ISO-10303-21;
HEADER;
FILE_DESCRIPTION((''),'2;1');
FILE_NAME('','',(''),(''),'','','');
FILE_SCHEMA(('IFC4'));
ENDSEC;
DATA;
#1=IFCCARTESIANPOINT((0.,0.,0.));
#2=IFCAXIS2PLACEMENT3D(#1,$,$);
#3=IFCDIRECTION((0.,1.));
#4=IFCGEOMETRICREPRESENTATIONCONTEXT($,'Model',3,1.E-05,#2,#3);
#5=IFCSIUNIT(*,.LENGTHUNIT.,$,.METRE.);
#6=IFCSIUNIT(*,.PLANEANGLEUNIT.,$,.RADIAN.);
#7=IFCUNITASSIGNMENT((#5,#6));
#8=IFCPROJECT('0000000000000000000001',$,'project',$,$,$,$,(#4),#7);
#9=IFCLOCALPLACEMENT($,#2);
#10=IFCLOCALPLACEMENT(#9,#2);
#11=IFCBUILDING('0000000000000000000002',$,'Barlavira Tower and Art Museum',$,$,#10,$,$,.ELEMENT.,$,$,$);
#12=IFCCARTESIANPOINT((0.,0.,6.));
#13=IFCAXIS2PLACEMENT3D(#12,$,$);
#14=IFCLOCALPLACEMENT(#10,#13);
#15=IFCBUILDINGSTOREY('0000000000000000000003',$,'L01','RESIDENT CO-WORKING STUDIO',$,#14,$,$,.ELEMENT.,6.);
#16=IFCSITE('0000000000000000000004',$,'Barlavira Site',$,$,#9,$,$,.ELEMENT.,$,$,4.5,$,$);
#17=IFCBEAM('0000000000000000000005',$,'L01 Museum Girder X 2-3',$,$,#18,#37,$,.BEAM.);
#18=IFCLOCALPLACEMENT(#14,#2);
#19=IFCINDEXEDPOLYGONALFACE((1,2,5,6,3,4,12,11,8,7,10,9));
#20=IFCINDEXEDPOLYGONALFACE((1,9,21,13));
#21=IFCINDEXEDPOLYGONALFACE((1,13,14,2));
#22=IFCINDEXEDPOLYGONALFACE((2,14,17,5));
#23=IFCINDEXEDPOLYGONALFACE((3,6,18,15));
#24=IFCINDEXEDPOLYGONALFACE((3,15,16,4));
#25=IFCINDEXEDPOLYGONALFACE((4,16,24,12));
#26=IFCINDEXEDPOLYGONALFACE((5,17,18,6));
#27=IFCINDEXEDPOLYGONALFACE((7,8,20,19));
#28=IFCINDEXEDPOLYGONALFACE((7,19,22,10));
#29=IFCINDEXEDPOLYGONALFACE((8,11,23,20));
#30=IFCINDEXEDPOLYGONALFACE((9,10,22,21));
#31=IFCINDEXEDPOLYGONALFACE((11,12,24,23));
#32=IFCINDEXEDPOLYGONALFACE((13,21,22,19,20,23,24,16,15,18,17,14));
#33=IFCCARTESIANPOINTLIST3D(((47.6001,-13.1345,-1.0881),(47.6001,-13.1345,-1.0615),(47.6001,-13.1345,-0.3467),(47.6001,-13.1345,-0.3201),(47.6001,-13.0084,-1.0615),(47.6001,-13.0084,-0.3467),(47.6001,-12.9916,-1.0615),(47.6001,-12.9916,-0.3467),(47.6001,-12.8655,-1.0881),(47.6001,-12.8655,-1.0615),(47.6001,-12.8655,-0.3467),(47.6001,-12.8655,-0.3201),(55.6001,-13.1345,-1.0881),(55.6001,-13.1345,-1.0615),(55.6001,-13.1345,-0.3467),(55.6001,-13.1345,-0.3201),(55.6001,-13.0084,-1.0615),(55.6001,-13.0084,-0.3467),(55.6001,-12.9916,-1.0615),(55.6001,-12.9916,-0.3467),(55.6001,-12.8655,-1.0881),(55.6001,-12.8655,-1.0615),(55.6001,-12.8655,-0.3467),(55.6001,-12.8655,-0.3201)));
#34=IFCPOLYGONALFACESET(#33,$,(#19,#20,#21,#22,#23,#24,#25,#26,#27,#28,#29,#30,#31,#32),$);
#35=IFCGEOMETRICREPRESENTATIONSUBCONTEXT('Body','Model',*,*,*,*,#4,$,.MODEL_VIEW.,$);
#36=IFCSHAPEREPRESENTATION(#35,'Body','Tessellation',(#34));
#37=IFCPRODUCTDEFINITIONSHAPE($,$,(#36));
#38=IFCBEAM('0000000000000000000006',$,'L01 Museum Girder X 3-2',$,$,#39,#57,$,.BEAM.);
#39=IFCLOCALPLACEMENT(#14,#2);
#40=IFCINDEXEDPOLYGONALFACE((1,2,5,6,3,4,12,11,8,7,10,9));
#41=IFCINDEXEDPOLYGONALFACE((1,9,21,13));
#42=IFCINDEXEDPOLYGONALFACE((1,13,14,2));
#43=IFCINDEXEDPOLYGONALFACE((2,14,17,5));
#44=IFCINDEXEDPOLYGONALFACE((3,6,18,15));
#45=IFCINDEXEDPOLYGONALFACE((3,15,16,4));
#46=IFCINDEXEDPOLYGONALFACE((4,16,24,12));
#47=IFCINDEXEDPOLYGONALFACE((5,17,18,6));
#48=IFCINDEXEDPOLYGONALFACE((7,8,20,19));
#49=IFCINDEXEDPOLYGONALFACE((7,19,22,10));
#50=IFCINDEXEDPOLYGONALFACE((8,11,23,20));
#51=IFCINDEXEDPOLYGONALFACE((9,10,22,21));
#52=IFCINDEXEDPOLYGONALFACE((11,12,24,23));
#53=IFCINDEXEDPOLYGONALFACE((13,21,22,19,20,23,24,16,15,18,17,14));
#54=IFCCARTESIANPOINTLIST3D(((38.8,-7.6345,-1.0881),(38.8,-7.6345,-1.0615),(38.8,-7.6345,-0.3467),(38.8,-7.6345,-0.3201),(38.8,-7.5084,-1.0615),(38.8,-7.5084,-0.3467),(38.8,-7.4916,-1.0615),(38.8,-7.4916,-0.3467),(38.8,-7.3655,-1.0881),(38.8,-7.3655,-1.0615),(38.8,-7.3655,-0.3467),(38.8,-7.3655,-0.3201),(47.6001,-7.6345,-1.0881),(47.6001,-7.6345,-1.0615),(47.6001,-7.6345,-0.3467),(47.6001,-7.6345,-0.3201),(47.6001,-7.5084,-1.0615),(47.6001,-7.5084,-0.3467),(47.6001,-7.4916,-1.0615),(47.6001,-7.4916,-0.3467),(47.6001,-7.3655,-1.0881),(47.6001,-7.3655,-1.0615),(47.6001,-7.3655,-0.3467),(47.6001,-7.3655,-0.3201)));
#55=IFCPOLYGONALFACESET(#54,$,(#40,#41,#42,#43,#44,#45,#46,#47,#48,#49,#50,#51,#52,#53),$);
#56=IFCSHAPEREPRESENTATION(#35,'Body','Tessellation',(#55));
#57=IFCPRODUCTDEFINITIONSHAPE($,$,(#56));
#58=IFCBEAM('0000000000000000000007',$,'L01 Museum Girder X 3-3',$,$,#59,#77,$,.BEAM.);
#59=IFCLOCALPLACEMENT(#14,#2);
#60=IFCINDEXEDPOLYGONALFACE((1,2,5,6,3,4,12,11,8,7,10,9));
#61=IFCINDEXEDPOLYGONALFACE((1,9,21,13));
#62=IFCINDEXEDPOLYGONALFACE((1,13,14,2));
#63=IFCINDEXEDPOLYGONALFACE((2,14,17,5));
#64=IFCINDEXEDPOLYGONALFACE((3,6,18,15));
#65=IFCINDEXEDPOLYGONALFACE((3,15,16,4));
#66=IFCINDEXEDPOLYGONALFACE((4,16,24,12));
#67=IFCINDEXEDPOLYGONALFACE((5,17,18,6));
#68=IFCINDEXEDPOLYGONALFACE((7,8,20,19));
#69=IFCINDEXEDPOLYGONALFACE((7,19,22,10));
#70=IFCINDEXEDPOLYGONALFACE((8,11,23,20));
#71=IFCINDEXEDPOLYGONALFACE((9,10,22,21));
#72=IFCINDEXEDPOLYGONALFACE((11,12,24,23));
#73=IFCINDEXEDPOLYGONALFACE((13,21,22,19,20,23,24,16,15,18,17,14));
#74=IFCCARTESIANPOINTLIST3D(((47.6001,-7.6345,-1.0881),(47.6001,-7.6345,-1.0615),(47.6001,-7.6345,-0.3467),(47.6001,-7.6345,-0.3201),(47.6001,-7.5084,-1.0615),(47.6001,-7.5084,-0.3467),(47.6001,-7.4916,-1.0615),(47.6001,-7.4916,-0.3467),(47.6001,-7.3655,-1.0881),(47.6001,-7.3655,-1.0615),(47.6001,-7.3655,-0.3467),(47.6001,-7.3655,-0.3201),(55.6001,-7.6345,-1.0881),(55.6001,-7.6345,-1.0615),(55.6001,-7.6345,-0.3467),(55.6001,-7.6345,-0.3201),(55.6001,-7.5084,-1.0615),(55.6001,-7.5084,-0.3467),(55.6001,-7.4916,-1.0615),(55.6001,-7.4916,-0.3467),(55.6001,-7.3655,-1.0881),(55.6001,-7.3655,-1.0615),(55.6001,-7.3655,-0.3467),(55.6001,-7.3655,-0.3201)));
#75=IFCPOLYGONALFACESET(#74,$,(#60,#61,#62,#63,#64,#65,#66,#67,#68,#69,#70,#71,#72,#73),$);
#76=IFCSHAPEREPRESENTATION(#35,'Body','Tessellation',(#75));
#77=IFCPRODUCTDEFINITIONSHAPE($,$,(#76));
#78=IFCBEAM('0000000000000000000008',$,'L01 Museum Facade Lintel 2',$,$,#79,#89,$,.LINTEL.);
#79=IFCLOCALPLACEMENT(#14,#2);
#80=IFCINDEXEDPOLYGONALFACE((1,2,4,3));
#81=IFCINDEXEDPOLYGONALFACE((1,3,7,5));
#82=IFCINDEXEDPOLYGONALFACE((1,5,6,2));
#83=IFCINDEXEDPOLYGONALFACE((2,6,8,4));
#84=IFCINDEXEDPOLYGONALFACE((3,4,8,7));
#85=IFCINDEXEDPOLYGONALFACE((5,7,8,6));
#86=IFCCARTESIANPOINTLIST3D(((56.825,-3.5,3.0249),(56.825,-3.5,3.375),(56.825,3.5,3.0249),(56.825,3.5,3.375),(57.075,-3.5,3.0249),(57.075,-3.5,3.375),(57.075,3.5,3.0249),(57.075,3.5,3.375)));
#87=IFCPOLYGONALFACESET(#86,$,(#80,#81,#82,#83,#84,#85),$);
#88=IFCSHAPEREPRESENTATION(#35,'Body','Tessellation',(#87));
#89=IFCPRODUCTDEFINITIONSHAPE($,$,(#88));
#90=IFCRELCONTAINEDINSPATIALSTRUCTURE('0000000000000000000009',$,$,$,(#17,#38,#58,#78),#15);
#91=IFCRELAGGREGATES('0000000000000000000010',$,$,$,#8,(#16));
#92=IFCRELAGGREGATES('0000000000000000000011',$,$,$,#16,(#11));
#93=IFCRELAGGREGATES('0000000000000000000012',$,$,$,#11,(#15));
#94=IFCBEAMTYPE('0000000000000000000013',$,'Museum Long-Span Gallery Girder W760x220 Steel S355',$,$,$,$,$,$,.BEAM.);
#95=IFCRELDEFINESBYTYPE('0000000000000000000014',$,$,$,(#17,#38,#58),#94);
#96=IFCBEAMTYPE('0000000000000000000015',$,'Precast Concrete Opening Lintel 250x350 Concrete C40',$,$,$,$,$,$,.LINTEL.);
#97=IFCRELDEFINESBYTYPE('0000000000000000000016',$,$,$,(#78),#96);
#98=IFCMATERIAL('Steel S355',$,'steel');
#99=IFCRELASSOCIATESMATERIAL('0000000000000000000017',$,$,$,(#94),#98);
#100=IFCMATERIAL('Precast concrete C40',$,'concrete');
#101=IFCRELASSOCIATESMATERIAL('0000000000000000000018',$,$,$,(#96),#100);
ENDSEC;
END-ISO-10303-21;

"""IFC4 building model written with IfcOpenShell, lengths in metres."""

from ifc_helpers import new_model, si_unit, direction, frame, origin, origin_2d, place, context, subcontext, project, spatial, rectangle, i_section, extrude, material, material_profile, profile_set, type_object, element, save


model = new_model("IFC4")

# Units and contexts
model_context = context("Model", 3, precision=1e-05, world=origin(), true_north=direction((0.0, 1.0)))
body_context = subcontext(model_context, "Body", "Model", "MODEL_VIEW")
ifc_project = project(units=[si_unit("LENGTHUNIT", "METRE"), si_unit("PLANEANGLEUNIT", "RADIAN")], contexts=[model_context])

# Site, building, storey
site_placement = place(None, origin())
site = spatial("IfcSite", under=ifc_project, at=site_placement, Name="Barlavira Site", CompositionType="ELEMENT", RefElevation=4.5)
building_placement = place(site_placement, origin())
building = spatial("IfcBuilding", under=site, at=building_placement, Name="Barlavira Tower and Art Museum", CompositionType="ELEMENT")
storey_placement = place(building_placement, frame((0.0, 0.0, 6.0)))
storey = spatial("IfcBuildingStorey", under=building, at=storey_placement, Name="L01", Description="RESIDENT CO-WORKING STUDIO", CompositionType="ELEMENT", Elevation=6.0)

# Beams
ifc_material_1 = material(Name="Steel S355", Category="steel")
ifc_material_profile_1 = material_profile(ifc_material_1, i_section(OverallWidth=0.269, OverallDepth=0.7681, WebThickness=0.0168, FlangeThickness=0.0266, at=origin_2d()), Name="W760x220.0")
ifc_profile_set_1 = profile_set([ifc_material_profile_1], Name="Steel S355")
beam_type_1 = type_object("IfcBeamType", Name="Museum Long-Span Gallery Girder W760x220 Steel S355", PredefinedType="BEAM", material=ifc_profile_set_1)
beam_1_placement = place(storey_placement, frame((47.6001, -13.0, -0.7041), z_axis=(1.0, 0.0, 0.0), x_axis=(0.0, 1.0, 0.0)))
element("IfcBeam", 1, at=beam_1_placement, inside=storey, type_object=beam_type_1, Name="L01 Museum Girder X 2-3", PredefinedType="BEAM", context=body_context, shape_type="SweptSolid", body=[
    extrude(i_section(OverallWidth=0.269, OverallDepth=0.7681, WebThickness=0.0168, FlangeThickness=0.0266, at=origin_2d()), origin(), (0.0, 0.0, 1.0), 8.0),
])
beam_2_placement = place(storey_placement, frame((38.8, -7.5, -0.7041), z_axis=(1.0, 0.0, 0.0), x_axis=(0.0, 1.0, 0.0)))
element("IfcBeam", 2, at=beam_2_placement, inside=storey, type_object=beam_type_1, Name="L01 Museum Girder X 3-2", PredefinedType="BEAM", context=body_context, shape_type="SweptSolid", body=[
    extrude(i_section(OverallWidth=0.269, OverallDepth=0.7681, WebThickness=0.0168, FlangeThickness=0.0266, at=origin_2d()), origin(), (0.0, 0.0, 1.0), 8.8),
])
beam_3_placement = place(storey_placement, frame((47.6001, -7.5, -0.7041), z_axis=(1.0, 0.0, 0.0), x_axis=(0.0, 1.0, 0.0)))
element("IfcBeam", 3, at=beam_3_placement, inside=storey, type_object=beam_type_1, Name="L01 Museum Girder X 3-3", PredefinedType="BEAM", context=body_context, shape_type="SweptSolid", body=[
    extrude(i_section(OverallWidth=0.269, OverallDepth=0.7681, WebThickness=0.0168, FlangeThickness=0.0266, at=origin_2d()), origin(), (0.0, 0.0, 1.0), 8.0),
])
ifc_material_2 = material(Name="Precast concrete C40", Category="concrete")
ifc_material_profile_2 = material_profile(ifc_material_2, rectangle(XDim=0.25, YDim=0.3501, at=origin_2d()), Name="RC-LNT 250x350")
ifc_profile_set_2 = profile_set([ifc_material_profile_2], Name="Precast concrete C40")
beam_type_2 = type_object("IfcBeamType", Name="Precast Concrete Opening Lintel 250x350 Concrete C40", PredefinedType="LINTEL", material=ifc_profile_set_2)
beam_4_placement = place(storey_placement, frame((56.95, -3.5, 3.2), z_axis=(0.0, 1.0, 0.0), x_axis=(-1.0, 0.0, 0.0)))
element("IfcBeam", 4, at=beam_4_placement, inside=storey, type_object=beam_type_2, Name="L01 Museum Facade Lintel 2", PredefinedType="LINTEL", context=body_context, shape_type="SweptSolid", body=[
    extrude(rectangle(XDim=0.25, YDim=0.3501, at=origin_2d()), origin(), (0.0, 0.0, 1.0), 7.0),
])

save(model, "model.ifc")
